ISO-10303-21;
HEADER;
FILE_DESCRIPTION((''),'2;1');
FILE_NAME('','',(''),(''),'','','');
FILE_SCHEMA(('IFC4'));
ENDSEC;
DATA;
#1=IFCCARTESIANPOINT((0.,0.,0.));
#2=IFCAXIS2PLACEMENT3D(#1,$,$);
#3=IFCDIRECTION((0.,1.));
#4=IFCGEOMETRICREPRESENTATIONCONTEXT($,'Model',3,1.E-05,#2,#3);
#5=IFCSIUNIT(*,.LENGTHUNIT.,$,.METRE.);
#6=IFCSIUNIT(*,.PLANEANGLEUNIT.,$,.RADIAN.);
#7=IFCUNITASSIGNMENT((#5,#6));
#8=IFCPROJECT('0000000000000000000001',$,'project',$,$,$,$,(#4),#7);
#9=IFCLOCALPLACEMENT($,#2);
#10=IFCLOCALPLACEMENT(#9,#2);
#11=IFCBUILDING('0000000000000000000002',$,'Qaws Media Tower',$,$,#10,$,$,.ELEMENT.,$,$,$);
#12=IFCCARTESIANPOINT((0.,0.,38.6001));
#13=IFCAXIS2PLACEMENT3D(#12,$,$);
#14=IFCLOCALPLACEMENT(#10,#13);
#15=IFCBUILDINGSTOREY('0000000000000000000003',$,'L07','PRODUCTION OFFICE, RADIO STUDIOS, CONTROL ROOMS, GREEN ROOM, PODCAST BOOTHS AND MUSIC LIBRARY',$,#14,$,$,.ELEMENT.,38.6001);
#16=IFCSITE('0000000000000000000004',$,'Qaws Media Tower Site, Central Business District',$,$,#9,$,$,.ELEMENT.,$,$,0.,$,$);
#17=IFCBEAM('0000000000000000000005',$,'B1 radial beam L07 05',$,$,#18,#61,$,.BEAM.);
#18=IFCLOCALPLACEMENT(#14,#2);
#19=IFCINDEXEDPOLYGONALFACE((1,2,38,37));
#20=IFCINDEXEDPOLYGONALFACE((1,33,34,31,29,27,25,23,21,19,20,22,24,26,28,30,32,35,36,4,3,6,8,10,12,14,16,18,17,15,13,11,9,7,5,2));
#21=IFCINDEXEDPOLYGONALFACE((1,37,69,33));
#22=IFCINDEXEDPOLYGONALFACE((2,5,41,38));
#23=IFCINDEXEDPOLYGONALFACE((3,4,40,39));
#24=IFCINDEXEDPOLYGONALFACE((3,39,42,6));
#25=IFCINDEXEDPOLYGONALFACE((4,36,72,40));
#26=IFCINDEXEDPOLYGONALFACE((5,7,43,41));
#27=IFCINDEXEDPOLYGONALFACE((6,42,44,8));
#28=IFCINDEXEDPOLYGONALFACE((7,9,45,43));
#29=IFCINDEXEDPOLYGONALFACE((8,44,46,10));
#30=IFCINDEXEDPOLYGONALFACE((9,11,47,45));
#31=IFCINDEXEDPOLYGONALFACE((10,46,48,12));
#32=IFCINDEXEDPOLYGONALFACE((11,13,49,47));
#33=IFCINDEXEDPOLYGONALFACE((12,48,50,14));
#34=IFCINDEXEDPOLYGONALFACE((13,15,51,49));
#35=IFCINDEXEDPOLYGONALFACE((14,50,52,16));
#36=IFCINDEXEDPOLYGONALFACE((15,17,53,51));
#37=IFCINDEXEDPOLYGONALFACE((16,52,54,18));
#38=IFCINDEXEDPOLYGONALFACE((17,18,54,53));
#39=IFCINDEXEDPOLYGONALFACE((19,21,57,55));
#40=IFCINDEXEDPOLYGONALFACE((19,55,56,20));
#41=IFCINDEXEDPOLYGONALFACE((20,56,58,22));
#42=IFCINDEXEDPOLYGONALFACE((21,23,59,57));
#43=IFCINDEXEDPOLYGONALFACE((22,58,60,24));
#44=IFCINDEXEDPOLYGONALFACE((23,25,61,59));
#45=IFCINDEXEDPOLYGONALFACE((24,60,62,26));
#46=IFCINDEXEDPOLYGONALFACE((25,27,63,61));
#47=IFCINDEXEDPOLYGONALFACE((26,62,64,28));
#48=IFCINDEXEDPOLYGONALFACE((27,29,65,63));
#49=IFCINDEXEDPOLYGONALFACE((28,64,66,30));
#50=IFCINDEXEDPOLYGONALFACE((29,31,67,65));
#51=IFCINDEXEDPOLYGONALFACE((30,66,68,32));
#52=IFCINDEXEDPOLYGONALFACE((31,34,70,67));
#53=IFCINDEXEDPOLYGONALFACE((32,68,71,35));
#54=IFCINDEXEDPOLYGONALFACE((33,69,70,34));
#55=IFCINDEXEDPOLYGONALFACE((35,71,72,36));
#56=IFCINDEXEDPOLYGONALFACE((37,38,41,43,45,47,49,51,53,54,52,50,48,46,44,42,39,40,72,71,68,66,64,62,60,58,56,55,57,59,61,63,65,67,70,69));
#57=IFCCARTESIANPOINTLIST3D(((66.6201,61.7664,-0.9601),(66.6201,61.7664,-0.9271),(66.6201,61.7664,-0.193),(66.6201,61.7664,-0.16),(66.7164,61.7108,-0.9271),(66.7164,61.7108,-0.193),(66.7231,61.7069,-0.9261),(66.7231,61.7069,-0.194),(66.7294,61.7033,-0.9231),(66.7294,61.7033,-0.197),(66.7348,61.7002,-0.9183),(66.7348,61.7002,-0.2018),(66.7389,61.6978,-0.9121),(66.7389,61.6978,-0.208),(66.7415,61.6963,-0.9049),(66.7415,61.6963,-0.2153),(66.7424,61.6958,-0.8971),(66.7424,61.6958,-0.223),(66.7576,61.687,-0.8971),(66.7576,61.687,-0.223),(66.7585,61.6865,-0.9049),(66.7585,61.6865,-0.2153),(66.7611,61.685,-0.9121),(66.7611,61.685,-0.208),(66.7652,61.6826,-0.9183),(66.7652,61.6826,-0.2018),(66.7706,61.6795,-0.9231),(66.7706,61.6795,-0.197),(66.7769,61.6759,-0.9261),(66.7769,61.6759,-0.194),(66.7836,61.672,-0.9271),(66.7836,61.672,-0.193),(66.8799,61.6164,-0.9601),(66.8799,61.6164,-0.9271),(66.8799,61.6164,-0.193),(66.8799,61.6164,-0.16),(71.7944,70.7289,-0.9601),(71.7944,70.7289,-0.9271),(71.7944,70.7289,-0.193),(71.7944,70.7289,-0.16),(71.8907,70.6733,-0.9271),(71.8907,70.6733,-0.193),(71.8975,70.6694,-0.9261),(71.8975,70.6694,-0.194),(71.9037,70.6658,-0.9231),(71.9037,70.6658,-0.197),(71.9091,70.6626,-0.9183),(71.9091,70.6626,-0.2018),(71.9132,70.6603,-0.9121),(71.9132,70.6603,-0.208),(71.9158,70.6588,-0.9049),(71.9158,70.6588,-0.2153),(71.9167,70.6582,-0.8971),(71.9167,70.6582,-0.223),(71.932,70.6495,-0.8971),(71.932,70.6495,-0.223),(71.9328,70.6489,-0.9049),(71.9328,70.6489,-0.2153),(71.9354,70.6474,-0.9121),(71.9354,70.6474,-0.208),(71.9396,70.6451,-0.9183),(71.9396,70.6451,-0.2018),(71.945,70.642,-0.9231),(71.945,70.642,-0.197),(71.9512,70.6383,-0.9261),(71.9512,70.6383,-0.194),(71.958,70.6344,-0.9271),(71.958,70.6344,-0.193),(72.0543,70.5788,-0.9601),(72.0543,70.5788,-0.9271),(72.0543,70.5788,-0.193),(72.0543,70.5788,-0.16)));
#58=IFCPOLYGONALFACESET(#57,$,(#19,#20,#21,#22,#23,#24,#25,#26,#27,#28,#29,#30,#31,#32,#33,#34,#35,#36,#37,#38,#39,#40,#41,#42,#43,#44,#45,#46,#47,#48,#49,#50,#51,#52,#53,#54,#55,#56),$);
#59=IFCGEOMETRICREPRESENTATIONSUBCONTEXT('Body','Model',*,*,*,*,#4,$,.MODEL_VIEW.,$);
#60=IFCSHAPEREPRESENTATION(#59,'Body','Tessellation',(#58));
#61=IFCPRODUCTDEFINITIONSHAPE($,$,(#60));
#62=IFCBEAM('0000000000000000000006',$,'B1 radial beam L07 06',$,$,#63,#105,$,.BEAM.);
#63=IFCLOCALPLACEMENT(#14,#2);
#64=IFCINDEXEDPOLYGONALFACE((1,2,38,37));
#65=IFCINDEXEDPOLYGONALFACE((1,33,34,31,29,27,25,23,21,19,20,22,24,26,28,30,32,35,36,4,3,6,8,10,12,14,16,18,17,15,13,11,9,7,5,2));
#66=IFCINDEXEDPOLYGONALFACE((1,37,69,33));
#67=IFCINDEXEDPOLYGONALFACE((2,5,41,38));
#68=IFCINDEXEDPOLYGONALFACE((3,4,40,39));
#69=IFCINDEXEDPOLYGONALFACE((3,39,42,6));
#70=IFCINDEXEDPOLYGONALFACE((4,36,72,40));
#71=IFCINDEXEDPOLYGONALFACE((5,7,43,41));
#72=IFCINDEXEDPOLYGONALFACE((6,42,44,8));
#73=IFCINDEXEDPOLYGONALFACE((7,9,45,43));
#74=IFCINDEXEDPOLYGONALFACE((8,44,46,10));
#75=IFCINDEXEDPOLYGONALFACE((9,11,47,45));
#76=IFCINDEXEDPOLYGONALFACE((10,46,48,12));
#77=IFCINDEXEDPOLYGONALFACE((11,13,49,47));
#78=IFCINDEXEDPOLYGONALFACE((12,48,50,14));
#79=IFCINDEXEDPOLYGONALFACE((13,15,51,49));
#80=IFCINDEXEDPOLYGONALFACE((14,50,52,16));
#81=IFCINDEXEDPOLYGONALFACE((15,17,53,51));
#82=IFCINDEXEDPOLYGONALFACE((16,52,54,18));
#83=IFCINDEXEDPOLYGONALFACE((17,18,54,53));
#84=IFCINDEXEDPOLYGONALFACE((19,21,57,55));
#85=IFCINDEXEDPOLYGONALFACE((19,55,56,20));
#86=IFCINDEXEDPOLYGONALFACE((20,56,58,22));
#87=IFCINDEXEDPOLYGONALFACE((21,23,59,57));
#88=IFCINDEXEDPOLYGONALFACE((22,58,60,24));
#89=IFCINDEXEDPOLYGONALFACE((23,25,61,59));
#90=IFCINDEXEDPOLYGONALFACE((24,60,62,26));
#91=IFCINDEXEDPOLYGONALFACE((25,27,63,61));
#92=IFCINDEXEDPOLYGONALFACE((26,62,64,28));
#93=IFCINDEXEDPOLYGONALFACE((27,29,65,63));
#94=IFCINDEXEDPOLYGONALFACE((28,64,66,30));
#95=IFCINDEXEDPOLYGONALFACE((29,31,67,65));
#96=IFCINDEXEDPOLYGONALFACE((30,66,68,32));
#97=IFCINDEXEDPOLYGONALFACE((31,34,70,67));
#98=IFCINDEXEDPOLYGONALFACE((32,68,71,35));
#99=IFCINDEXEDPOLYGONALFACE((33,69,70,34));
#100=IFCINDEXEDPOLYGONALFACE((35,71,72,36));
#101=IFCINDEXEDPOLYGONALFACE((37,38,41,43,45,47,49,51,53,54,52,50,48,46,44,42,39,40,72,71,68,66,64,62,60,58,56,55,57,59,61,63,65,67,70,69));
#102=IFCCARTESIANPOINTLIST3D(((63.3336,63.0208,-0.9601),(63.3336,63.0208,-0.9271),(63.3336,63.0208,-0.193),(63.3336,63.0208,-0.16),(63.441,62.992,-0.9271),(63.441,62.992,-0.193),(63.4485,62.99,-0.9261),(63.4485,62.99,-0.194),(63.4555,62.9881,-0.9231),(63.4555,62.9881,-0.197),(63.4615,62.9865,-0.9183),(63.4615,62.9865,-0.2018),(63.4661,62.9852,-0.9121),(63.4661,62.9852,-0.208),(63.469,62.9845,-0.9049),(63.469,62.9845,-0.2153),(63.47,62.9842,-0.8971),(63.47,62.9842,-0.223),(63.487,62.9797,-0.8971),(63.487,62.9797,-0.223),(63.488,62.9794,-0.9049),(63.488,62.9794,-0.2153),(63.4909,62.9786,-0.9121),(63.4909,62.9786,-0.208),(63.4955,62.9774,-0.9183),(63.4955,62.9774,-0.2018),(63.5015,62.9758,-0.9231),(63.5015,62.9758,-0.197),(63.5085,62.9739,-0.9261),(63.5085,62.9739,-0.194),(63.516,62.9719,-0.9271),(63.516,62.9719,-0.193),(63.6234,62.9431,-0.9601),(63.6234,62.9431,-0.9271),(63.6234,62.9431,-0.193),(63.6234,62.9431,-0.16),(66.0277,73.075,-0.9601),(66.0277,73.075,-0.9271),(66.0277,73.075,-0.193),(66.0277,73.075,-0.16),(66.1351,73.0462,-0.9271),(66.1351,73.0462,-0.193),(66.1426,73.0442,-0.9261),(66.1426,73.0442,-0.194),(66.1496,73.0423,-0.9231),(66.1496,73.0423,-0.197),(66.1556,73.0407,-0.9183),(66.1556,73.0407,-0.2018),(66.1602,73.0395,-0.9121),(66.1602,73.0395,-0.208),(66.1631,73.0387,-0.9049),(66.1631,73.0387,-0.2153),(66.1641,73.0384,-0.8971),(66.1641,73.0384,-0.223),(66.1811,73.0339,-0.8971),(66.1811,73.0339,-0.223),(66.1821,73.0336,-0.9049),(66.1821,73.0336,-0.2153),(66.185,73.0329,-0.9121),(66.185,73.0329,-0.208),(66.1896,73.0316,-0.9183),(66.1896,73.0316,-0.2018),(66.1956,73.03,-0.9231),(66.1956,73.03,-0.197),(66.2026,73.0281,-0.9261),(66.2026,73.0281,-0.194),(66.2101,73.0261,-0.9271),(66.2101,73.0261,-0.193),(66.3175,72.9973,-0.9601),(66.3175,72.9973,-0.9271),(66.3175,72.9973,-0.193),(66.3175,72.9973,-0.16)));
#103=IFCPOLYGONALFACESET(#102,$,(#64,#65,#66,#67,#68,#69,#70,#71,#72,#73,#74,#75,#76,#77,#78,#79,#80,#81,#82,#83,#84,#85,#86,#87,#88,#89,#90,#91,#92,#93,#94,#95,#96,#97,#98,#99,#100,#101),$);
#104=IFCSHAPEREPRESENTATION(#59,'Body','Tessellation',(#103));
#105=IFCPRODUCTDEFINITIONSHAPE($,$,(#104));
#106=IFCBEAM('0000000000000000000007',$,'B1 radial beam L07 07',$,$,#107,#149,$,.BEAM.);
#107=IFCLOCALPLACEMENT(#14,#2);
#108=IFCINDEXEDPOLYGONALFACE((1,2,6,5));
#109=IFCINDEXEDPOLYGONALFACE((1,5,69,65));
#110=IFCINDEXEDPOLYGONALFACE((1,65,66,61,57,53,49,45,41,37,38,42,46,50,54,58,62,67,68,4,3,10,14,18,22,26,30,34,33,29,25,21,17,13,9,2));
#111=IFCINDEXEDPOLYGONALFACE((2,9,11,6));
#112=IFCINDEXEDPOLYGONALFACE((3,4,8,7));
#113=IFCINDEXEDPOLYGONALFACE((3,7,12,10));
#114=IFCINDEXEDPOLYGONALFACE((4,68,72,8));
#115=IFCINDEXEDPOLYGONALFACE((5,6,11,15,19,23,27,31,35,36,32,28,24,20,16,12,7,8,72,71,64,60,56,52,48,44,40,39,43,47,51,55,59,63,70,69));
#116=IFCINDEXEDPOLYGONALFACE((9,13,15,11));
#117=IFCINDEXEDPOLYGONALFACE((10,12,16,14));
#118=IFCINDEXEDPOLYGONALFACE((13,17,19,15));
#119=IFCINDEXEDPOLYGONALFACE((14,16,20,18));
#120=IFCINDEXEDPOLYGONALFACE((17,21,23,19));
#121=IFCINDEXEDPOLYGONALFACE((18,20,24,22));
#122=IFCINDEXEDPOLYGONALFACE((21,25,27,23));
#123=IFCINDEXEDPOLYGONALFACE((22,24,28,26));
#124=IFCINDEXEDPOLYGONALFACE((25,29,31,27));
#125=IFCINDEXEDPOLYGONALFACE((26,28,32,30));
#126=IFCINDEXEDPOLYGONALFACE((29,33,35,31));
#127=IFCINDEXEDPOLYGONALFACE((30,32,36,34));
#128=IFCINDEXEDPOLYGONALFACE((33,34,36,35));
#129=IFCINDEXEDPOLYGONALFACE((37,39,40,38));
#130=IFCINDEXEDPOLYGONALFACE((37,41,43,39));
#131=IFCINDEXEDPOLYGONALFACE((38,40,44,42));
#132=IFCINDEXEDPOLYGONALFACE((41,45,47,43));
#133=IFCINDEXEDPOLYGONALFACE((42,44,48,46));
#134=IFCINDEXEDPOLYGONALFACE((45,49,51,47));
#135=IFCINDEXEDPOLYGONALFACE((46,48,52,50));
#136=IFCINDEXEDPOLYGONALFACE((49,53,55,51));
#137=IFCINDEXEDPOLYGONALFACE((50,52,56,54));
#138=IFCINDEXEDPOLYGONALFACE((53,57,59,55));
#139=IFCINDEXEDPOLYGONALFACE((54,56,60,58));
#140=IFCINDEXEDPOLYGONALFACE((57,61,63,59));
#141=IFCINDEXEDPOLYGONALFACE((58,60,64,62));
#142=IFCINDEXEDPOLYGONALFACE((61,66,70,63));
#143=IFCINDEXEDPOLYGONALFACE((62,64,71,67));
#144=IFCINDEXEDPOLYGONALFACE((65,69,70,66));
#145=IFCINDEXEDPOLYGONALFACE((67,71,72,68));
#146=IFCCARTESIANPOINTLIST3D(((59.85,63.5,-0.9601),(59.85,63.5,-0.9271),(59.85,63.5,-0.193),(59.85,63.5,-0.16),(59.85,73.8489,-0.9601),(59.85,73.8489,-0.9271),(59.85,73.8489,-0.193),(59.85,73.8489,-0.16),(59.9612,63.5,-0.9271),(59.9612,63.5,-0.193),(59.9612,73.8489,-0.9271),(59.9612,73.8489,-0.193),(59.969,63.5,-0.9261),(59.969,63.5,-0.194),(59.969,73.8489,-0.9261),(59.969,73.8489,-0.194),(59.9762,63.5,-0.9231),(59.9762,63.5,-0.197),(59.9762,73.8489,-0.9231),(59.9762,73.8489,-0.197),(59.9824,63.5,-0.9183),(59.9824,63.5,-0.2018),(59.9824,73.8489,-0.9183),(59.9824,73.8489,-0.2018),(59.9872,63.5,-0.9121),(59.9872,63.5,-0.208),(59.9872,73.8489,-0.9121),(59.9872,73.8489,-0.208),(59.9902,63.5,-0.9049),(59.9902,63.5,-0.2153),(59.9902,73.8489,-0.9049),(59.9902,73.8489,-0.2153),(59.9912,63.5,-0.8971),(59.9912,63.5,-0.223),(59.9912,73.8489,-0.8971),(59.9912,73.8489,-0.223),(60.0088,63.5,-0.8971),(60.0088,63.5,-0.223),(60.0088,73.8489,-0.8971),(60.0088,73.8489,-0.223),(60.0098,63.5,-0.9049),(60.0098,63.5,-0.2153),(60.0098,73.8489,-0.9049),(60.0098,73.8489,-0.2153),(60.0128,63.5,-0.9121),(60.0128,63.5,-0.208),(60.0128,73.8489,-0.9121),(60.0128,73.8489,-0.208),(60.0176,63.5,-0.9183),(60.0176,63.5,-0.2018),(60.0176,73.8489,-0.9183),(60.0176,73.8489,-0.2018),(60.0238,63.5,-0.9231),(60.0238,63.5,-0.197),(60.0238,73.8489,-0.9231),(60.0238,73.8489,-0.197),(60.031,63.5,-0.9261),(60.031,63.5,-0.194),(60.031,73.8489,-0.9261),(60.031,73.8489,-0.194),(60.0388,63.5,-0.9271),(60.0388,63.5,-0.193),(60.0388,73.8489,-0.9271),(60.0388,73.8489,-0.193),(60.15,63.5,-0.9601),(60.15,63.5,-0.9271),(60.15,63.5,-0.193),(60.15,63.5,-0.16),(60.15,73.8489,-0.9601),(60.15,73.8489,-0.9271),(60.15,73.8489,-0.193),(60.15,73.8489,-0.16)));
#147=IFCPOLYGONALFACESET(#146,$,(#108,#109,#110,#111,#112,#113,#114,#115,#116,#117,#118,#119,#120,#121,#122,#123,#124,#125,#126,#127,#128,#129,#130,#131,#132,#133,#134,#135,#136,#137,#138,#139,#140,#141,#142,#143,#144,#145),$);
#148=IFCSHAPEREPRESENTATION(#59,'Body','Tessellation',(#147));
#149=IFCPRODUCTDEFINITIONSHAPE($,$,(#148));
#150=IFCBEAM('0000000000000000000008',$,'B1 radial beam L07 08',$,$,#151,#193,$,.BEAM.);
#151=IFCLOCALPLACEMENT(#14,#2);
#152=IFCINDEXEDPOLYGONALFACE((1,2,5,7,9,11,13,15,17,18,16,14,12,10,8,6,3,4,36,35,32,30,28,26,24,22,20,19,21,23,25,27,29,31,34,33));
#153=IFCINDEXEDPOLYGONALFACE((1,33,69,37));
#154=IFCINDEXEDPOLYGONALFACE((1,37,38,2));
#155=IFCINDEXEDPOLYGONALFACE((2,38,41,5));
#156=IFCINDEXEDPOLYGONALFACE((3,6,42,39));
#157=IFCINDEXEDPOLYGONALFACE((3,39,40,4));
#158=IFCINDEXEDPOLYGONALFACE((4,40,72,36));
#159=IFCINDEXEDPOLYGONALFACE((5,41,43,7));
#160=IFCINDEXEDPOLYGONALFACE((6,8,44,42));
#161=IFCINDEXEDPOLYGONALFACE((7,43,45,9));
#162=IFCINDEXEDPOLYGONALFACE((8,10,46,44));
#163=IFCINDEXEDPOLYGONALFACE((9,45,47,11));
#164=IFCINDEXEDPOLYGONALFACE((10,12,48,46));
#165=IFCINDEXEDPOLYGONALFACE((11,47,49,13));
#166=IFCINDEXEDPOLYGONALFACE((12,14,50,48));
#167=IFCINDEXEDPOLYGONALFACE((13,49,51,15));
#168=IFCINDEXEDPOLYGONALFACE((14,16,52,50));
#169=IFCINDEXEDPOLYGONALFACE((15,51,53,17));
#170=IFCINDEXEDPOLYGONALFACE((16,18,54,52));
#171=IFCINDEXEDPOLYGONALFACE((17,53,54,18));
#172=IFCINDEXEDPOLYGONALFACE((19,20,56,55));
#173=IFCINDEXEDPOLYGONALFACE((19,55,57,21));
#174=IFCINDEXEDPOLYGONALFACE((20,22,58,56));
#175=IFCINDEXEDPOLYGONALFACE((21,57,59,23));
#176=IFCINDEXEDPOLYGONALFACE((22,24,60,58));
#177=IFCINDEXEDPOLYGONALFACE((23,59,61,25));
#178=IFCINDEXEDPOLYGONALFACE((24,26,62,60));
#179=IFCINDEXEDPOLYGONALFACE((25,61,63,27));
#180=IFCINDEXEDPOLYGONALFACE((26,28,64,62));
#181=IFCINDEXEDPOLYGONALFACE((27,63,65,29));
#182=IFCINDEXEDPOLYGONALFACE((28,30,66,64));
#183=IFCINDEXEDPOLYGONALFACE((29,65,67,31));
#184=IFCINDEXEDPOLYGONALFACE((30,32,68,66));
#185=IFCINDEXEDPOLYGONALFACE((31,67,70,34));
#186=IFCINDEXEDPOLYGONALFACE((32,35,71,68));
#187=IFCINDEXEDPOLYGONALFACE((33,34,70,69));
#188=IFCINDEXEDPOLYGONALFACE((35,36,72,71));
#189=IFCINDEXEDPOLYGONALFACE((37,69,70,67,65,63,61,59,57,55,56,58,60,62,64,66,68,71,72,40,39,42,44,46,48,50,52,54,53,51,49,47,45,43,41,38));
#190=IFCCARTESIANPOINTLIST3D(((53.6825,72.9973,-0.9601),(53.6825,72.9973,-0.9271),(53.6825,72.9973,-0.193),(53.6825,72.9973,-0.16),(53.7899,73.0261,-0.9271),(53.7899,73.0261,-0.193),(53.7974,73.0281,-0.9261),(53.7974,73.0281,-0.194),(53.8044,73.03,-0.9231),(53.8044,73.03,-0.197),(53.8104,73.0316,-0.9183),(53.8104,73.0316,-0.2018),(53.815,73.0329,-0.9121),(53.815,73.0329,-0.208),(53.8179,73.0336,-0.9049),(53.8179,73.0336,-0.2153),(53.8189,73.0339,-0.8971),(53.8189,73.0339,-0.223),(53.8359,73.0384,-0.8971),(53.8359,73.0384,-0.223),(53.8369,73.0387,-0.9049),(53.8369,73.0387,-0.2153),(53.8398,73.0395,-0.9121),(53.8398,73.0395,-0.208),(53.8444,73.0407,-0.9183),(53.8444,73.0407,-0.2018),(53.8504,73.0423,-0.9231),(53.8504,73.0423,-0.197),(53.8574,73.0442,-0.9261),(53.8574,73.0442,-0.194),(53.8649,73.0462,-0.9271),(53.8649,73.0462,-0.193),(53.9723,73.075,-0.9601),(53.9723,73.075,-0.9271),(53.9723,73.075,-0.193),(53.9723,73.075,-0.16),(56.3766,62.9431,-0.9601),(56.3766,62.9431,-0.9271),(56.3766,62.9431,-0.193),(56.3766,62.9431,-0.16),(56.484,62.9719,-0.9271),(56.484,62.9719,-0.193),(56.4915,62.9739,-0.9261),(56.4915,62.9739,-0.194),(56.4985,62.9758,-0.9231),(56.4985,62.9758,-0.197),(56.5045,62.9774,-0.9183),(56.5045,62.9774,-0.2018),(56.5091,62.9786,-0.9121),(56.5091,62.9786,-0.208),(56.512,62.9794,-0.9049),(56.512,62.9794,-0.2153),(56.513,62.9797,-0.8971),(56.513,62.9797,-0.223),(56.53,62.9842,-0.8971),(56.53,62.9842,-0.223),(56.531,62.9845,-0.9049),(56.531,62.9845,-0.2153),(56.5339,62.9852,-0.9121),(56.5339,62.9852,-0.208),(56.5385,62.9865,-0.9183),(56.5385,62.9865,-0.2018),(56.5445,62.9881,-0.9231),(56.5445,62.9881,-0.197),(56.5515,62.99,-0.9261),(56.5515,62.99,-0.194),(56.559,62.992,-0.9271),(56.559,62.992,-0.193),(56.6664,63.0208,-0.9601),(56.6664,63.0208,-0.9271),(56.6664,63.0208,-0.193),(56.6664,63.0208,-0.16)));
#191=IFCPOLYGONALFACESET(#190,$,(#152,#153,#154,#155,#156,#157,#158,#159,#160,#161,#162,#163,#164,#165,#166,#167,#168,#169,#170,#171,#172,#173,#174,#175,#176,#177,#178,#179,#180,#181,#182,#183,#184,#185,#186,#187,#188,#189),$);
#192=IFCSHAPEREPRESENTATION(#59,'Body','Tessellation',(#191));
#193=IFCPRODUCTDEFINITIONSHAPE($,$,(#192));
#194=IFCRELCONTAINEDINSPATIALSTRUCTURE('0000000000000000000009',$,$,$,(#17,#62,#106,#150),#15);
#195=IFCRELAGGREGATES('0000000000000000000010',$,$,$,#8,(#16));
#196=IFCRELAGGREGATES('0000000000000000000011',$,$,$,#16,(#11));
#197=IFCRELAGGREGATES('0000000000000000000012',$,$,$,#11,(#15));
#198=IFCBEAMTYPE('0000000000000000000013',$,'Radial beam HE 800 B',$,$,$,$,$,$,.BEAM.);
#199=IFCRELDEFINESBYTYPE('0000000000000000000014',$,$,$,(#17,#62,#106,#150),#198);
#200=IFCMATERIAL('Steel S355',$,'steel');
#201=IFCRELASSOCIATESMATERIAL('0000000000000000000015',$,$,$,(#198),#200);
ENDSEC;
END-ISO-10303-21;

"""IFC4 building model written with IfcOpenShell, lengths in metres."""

from ifc_helpers import new_model, si_unit, direction, frame, origin, origin_2d, place, context, subcontext, project, spatial, i_section, extrude, material, material_profile, profile_set, type_object, element, save


model = new_model("IFC4")

# Units and contexts
model_context = context("Model", 3, precision=1e-05, world=origin(), true_north=direction((0.0, 1.0)))
body_context = subcontext(model_context, "Body", "Model", "MODEL_VIEW")
ifc_project = project(units=[si_unit("LENGTHUNIT", "METRE"), si_unit("PLANEANGLEUNIT", "RADIAN")], contexts=[model_context])

# Site, building, storey
site_placement = place(None, origin())
site = spatial("IfcSite", under=ifc_project, at=site_placement, Name="Qaws Media Tower Site, Central Business District", CompositionType="ELEMENT", RefElevation=0.0)
building_placement = place(site_placement, origin())
building = spatial("IfcBuilding", under=site, at=building_placement, Name="Qaws Media Tower", CompositionType="ELEMENT")
storey_placement = place(building_placement, frame((0.0, 0.0, 38.6001)))
storey = spatial("IfcBuildingStorey", under=building, at=storey_placement, Name="L07", Description="PRODUCTION OFFICE, RADIO STUDIOS, CONTROL ROOMS, GREEN ROOM, PODCAST BOOTHS AND MUSIC LIBRARY", CompositionType="ELEMENT", Elevation=38.6001)

# Beams
ifc_material_1 = material(Name="Steel S355", Category="steel")
ifc_material_profile_1 = material_profile(ifc_material_1, i_section(OverallWidth=0.3, OverallDepth=0.8, WebThickness=0.0176, FlangeThickness=0.033, FilletRadius=0.03, at=origin_2d()), Name="HE 800 B")
ifc_profile_set_1 = profile_set([ifc_material_profile_1], Name="Steel S355")
beam_type_1 = type_object("IfcBeamType", Name="Radial beam HE 800 B", PredefinedType="BEAM", material=ifc_profile_set_1)
beam_1_placement = place(storey_placement, frame((66.75, 61.6914, -0.5601), z_axis=(0.499991, 0.866031, 0.0), x_axis=(-0.866031, 0.499991, 0.0)))
element("IfcBeam", 1, at=beam_1_placement, inside=storey, type_object=beam_type_1, Name="B1 radial beam L07 05", PredefinedType="BEAM", context=body_context, shape_type="SweptSolid", body=[
    extrude(i_section(OverallWidth=0.3, OverallDepth=0.8, WebThickness=0.0176, FlangeThickness=0.033, FilletRadius=0.03, at=origin_2d()), origin(), (0.0, 0.0, 1.0), 10.3489),
])
beam_2_placement = place(storey_placement, frame((63.4785, 62.9819, -0.5601), z_axis=(0.258826, 0.965924, 0.0), x_axis=(-0.965924, 0.258826, 0.0)))
element("IfcBeam", 2, at=beam_2_placement, inside=storey, type_object=beam_type_1, Name="B1 radial beam L07 06", PredefinedType="BEAM", context=body_context, shape_type="SweptSolid", body=[
    extrude(i_section(OverallWidth=0.3, OverallDepth=0.8, WebThickness=0.0176, FlangeThickness=0.033, FilletRadius=0.03, at=origin_2d()), origin(), (0.0, 0.0, 1.0), 10.4089),
])
beam_3_placement = place(storey_placement, frame((60.0, 63.5, -0.5601), z_axis=(0.0, 1.0, 0.0), x_axis=(-1.0, 0.0, 0.0)))
element("IfcBeam", 3, at=beam_3_placement, inside=storey, type_object=beam_type_1, Name="B1 radial beam L07 07", PredefinedType="BEAM", context=body_context, shape_type="SweptSolid", body=[
    extrude(i_section(OverallWidth=0.3, OverallDepth=0.8, WebThickness=0.0176, FlangeThickness=0.033, FilletRadius=0.03, at=origin_2d()), origin(), (0.0, 0.0, 1.0), 10.3489),
])
beam_4_placement = place(storey_placement, frame((56.5215, 62.9819, -0.5601), z_axis=(-0.258826, 0.965924, 0.0), x_axis=(-0.965924, -0.258826, 0.0)))
element("IfcBeam", 4, at=beam_4_placement, inside=storey, type_object=beam_type_1, Name="B1 radial beam L07 08", PredefinedType="BEAM", context=body_context, shape_type="SweptSolid", body=[
    extrude(i_section(OverallWidth=0.3, OverallDepth=0.8, WebThickness=0.0176, FlangeThickness=0.033, FilletRadius=0.03, at=origin_2d()), origin(), (0.0, 0.0, 1.0), 10.4089),
])

save(model, "model.ifc")
